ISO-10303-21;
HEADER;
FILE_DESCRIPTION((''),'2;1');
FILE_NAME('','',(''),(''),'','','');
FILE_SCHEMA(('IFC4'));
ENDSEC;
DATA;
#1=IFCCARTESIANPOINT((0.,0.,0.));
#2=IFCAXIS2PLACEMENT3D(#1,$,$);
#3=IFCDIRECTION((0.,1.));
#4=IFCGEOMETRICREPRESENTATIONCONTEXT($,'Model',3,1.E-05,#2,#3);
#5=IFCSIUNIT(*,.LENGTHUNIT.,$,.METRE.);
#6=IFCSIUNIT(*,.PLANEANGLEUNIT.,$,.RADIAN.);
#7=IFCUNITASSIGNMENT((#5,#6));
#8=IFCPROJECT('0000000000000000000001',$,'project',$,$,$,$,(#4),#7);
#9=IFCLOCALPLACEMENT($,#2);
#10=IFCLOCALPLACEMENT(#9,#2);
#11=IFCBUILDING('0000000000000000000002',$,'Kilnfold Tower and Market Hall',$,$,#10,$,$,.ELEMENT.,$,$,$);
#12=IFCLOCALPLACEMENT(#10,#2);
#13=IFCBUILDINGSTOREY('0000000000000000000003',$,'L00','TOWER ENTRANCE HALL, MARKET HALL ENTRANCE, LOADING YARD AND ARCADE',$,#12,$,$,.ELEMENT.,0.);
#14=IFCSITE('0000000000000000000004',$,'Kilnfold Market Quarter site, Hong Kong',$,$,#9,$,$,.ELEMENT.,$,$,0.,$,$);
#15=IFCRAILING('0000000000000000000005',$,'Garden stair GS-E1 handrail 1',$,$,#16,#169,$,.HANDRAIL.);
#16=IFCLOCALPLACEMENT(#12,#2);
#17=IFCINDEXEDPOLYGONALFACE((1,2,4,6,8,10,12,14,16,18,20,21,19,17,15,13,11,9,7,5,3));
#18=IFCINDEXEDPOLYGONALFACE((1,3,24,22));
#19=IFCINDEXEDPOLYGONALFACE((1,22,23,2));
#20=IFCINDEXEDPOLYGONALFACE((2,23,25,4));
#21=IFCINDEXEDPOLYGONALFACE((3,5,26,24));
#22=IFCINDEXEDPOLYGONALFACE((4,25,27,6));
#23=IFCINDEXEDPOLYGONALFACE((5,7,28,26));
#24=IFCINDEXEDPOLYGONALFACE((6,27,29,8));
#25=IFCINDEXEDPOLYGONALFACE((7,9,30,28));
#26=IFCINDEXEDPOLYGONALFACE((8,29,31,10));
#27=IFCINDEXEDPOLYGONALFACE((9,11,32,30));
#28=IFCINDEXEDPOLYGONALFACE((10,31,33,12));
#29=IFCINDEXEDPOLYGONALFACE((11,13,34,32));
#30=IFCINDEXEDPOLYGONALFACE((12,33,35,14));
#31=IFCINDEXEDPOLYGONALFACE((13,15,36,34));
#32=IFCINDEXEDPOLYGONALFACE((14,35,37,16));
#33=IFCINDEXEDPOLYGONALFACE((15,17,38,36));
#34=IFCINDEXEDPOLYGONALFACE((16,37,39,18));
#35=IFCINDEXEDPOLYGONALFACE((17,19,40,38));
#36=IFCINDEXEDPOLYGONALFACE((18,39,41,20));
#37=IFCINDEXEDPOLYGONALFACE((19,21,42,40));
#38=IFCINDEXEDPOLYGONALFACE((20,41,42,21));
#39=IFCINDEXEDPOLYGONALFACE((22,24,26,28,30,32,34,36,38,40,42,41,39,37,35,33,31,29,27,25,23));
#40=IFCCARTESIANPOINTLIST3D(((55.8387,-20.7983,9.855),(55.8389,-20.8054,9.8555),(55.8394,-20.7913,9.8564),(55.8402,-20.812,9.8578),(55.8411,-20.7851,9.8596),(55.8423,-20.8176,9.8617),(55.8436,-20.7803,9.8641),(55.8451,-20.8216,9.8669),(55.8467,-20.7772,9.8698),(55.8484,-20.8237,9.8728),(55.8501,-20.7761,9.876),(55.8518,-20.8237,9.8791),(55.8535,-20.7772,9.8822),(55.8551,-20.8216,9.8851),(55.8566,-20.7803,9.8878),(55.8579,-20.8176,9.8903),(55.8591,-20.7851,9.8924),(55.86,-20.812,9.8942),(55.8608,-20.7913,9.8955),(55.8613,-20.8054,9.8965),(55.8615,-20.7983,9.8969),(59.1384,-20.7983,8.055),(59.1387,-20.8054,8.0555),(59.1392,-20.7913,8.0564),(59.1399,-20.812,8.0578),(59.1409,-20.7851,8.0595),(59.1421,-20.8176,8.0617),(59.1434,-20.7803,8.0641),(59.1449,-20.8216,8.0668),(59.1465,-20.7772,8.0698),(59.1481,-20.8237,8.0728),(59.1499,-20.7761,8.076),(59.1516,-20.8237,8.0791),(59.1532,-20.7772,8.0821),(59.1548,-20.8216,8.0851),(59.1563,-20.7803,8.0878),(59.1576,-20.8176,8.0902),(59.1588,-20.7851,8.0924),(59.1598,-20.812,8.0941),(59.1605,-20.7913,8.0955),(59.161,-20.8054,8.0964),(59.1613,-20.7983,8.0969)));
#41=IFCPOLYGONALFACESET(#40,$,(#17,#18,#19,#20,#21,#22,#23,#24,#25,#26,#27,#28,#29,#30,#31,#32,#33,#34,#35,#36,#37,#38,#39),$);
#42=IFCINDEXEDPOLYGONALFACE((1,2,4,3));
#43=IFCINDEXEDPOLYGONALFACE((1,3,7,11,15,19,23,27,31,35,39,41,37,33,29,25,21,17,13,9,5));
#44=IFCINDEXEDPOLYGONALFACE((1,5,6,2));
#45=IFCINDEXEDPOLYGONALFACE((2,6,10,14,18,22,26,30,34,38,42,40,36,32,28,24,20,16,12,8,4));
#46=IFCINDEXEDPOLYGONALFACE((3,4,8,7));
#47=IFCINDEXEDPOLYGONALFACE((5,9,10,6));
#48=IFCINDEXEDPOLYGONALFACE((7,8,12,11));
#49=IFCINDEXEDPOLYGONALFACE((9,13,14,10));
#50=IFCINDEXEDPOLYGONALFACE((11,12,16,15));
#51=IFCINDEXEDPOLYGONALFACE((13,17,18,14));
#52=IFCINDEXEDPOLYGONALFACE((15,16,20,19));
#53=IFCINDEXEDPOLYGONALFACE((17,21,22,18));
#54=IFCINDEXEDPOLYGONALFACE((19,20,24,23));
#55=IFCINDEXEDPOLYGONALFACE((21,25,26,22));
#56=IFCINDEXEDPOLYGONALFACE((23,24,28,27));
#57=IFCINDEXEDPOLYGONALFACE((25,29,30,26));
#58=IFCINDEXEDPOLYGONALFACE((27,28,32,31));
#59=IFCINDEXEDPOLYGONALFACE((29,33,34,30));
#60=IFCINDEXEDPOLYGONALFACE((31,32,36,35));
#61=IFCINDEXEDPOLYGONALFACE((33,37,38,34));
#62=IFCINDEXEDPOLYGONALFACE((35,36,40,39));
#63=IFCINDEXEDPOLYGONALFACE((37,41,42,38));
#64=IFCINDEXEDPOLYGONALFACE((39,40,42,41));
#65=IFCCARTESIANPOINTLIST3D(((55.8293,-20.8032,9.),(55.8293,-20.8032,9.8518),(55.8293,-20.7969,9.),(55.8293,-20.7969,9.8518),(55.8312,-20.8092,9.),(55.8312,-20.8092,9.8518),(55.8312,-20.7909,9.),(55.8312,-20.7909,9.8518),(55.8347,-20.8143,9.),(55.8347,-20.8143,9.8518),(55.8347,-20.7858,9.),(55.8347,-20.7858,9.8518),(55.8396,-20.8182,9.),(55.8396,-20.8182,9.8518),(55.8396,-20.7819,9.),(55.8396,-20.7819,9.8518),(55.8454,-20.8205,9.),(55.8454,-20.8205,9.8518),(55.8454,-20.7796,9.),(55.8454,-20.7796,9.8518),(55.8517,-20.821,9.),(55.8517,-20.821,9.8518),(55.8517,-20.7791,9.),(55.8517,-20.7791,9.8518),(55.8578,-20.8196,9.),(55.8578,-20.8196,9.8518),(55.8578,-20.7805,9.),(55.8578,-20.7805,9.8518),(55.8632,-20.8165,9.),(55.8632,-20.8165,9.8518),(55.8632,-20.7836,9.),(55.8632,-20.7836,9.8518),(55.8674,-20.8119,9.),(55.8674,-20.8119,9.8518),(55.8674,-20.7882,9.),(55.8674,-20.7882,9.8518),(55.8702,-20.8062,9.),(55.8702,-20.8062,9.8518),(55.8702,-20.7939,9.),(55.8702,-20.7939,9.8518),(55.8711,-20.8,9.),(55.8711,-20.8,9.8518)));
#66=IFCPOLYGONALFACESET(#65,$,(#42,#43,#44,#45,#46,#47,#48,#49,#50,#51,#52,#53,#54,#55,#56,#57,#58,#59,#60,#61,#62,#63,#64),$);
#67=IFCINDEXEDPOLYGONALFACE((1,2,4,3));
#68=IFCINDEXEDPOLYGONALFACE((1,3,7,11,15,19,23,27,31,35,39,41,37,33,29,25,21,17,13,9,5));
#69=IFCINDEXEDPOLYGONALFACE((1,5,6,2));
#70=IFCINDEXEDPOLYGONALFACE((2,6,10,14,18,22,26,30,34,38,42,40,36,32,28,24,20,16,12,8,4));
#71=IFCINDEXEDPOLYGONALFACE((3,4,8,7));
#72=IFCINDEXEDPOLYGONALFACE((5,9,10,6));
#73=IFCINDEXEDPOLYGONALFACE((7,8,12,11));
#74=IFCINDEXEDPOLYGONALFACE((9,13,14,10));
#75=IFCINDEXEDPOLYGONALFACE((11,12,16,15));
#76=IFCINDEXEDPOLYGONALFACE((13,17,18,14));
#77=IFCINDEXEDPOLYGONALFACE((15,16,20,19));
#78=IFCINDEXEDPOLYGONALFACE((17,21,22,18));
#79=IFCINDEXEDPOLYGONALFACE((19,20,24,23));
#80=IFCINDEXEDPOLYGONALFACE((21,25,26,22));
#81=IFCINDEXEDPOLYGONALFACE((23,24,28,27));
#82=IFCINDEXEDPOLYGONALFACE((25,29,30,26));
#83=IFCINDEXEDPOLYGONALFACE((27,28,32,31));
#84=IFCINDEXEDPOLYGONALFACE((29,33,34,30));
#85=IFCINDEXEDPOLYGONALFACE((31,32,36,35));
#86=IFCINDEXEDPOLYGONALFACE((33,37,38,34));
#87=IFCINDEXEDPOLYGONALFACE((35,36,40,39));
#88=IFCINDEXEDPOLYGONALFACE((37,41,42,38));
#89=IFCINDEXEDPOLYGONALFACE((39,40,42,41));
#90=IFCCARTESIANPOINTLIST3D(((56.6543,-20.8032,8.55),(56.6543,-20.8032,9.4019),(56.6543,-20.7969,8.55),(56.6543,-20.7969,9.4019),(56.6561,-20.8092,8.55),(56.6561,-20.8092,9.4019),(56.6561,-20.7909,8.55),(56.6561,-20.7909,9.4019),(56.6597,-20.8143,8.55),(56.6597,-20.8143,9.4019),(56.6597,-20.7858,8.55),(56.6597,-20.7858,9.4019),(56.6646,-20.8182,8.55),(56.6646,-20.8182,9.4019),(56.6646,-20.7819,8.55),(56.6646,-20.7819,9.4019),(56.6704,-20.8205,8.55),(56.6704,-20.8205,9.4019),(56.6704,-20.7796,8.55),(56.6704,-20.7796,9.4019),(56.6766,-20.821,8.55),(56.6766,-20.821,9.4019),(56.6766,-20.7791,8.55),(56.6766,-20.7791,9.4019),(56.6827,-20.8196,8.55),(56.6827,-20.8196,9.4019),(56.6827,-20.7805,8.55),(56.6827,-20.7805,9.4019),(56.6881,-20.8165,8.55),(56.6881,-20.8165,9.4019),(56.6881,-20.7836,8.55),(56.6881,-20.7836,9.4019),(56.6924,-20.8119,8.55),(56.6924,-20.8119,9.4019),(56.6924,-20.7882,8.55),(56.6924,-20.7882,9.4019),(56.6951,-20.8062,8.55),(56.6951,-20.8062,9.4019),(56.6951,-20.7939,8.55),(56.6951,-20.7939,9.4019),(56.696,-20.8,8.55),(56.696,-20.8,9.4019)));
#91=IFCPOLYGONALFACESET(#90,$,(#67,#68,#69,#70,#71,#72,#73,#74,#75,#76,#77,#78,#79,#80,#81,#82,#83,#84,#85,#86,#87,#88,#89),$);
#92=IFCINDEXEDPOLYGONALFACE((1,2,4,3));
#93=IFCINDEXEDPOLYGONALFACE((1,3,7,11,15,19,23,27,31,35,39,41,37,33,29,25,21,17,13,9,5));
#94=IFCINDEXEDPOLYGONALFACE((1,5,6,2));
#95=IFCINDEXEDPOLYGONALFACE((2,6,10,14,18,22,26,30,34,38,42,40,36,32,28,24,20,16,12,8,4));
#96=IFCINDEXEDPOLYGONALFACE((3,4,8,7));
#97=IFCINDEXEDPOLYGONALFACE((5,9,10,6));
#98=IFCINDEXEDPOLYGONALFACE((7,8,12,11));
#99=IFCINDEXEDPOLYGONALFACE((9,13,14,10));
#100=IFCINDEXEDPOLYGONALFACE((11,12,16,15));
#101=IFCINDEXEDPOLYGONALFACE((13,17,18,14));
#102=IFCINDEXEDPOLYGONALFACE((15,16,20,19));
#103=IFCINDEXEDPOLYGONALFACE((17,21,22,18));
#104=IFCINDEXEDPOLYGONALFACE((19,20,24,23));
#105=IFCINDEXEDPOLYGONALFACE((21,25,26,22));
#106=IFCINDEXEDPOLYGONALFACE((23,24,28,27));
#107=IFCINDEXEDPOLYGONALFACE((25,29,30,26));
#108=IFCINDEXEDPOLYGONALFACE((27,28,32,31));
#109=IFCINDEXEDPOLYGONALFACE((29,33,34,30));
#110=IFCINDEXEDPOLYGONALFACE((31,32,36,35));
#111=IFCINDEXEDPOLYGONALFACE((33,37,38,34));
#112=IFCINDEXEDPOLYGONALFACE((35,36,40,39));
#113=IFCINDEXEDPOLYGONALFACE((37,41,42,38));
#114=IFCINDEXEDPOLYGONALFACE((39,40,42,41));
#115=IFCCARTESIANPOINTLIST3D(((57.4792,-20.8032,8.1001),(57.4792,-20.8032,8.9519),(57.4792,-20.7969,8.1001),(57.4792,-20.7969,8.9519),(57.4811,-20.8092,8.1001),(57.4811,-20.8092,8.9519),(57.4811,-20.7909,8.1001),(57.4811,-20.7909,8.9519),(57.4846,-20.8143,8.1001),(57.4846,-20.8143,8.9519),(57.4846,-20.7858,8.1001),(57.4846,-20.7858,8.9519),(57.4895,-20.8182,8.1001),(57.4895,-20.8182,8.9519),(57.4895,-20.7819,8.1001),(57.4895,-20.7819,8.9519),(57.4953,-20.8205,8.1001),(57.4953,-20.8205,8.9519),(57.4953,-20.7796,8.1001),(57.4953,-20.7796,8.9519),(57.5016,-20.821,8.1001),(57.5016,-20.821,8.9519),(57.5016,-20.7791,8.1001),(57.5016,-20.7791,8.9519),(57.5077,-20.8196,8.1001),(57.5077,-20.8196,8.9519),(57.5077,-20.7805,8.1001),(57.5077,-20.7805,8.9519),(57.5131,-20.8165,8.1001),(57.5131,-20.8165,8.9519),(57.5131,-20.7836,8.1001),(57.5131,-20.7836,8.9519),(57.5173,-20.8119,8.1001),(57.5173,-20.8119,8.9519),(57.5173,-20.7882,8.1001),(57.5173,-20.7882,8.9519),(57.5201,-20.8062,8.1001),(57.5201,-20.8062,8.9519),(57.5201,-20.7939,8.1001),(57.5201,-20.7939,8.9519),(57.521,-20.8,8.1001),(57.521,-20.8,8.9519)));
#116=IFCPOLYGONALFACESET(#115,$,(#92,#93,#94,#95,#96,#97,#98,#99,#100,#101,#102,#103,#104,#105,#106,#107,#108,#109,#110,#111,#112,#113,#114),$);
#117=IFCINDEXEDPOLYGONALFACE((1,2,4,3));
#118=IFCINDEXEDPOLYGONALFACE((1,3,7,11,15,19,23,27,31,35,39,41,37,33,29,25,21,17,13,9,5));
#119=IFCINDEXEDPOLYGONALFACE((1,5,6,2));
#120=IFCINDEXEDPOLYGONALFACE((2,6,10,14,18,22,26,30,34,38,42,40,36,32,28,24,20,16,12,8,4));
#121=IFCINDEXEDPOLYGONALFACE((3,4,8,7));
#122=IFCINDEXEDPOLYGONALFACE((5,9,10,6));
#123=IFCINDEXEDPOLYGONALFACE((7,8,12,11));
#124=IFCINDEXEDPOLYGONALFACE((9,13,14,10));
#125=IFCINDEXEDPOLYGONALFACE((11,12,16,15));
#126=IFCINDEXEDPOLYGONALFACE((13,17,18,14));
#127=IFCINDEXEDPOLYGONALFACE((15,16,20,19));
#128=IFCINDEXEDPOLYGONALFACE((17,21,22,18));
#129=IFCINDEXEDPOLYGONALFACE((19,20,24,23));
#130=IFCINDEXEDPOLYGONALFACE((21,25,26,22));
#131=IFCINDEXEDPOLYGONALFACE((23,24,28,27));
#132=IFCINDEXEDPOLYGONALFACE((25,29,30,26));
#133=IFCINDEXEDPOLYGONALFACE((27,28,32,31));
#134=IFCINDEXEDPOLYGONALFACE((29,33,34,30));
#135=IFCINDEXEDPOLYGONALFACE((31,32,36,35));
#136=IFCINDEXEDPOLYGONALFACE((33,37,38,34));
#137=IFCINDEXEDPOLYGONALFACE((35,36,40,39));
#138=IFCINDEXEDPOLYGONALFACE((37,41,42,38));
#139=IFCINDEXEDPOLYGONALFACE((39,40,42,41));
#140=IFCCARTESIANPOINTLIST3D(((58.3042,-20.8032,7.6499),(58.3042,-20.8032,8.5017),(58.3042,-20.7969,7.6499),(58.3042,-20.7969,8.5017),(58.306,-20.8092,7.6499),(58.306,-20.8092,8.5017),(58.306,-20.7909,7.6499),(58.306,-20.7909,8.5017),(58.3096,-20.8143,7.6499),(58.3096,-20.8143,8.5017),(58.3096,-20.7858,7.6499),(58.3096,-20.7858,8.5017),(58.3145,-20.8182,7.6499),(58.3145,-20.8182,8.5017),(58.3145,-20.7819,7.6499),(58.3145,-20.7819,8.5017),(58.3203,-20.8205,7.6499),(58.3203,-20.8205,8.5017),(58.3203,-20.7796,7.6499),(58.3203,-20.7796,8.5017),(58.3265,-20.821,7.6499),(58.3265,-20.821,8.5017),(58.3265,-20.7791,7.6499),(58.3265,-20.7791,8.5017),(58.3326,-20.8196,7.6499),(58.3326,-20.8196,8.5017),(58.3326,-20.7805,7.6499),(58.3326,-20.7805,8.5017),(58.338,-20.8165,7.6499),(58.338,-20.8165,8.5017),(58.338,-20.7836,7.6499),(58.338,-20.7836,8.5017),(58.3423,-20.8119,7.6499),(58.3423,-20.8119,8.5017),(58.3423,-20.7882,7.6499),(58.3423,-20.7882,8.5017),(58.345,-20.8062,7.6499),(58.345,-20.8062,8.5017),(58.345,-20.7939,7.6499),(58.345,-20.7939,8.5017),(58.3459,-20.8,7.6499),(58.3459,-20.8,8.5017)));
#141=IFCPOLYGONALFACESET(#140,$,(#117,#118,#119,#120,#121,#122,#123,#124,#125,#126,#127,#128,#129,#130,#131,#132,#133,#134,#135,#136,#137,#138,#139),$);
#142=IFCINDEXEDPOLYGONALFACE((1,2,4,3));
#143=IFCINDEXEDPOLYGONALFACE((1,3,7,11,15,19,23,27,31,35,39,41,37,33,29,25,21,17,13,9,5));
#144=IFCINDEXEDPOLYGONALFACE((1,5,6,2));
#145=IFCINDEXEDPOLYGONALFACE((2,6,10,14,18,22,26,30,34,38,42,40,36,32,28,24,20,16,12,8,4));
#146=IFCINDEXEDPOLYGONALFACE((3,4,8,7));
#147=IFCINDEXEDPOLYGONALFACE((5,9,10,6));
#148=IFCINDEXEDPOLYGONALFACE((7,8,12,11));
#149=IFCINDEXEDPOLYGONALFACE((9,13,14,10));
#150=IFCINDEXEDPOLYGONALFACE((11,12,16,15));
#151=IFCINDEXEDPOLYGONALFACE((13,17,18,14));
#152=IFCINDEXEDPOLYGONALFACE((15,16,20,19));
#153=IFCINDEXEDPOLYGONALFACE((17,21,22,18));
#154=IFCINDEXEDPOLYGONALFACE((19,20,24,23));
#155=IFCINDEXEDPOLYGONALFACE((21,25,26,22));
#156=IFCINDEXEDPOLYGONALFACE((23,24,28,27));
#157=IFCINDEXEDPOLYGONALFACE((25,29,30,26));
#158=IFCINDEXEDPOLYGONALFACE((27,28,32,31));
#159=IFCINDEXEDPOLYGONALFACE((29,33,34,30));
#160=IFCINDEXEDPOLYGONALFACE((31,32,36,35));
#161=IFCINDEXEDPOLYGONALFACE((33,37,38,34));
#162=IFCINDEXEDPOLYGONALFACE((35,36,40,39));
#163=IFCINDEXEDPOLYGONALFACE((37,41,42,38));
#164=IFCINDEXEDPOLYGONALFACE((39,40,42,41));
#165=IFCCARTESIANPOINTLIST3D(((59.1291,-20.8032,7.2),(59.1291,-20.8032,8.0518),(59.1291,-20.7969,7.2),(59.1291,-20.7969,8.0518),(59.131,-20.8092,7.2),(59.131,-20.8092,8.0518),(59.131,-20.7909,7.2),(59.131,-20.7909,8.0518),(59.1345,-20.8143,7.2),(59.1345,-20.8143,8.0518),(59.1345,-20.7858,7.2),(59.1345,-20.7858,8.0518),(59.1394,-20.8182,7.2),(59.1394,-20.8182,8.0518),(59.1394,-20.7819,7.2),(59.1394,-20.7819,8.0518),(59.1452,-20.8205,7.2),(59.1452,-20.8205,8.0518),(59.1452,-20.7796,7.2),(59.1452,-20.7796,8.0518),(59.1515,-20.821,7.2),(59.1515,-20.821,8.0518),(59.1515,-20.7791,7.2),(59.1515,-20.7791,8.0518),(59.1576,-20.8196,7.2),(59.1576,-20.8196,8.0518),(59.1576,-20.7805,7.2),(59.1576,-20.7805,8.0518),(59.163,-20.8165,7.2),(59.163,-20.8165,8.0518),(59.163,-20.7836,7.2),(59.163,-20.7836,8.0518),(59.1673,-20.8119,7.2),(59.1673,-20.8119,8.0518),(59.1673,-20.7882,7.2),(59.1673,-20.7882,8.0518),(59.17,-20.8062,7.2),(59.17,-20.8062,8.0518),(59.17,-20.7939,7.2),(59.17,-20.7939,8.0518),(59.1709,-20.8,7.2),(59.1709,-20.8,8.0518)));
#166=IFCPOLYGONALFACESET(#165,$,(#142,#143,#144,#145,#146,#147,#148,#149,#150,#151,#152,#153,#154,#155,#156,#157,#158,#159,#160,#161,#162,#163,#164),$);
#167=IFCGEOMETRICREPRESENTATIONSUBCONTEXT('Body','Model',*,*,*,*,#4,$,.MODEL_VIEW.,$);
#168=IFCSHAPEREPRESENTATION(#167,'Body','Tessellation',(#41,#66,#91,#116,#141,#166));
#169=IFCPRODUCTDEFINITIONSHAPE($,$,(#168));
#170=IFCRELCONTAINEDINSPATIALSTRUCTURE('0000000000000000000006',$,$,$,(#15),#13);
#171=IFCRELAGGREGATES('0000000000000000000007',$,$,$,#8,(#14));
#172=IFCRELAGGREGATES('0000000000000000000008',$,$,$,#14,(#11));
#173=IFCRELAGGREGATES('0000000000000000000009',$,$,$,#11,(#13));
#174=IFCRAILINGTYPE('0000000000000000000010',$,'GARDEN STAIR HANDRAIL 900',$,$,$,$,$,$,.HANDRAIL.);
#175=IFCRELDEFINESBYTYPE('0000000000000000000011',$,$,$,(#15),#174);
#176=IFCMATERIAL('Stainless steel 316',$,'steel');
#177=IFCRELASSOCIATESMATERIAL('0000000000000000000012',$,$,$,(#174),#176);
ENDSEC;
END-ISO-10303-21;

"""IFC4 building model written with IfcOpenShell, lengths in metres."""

from ifc_helpers import new_model, si_unit, direction, frame, origin, origin_2d, place, context, subcontext, project, spatial, circle, extrude, material, type_object, element, save


model = new_model("IFC4")

# Units and contexts
model_context = context("Model", 3, precision=1e-05, world=origin(), true_north=direction((0.0, 1.0)))
body_context = subcontext(model_context, "Body", "Model", "MODEL_VIEW")
ifc_project = project(units=[si_unit("LENGTHUNIT", "METRE"), si_unit("PLANEANGLEUNIT", "RADIAN")], contexts=[model_context])

# Site, building, storey
site_placement = place(None, origin())
site = spatial("IfcSite", under=ifc_project, at=site_placement, Name="Kilnfold Market Quarter site, Hong Kong", CompositionType="ELEMENT", RefElevation=0.0)
building_placement = place(site_placement, origin())
building = spatial("IfcBuilding", under=site, at=building_placement, Name="Kilnfold Tower and Market Hall", CompositionType="ELEMENT")
storey_placement = place(building_placement, origin())
storey = spatial("IfcBuildingStorey", under=building, at=storey_placement, Name="L00", Description="TOWER ENTRANCE HALL, MARKET HALL ENTRANCE, LOADING YARD AND ARCADE", CompositionType="ELEMENT", Elevation=0.0)

# Railing
ifc_material_1 = material(Name="Stainless steel 316", Category="steel")
railing_type_1 = type_object("IfcRailingType", Name="GARDEN STAIR HANDRAIL 900", PredefinedType="HANDRAIL", material=ifc_material_1)
railing_1_placement = place(storey_placement, frame((55.8501, -20.8, 9.0)))
element("IfcRailing", 1, at=railing_1_placement, inside=storey, type_object=railing_type_1, Name="Garden stair GS-E1 handrail 1", PredefinedType="HANDRAIL", context=body_context, shape_type="SweptSolid", body=[
    extrude(circle(Radius=0.0239, at=origin_2d()), frame((0.0, 0.0, 0.876), z_axis=(0.877878, 0.0, -0.478884), x_axis=(0.0, 1.0, 0.0)), (0.0, 0.0, 1.0), 3.7588),
    extrude(circle(Radius=0.021, at=origin_2d()), origin(), (0.0, 0.0, 1.0), 0.8518),
    extrude(circle(Radius=0.021, at=origin_2d()), frame((0.825, 0.0, -0.45)), (0.0, 0.0, 1.0), 0.8518),
    extrude(circle(Radius=0.021, at=origin_2d()), frame((1.6499, 0.0, -0.8999)), (0.0, 0.0, 1.0), 0.8518),
    extrude(circle(Radius=0.021, at=origin_2d()), frame((2.4749, 0.0, -1.3501)), (0.0, 0.0, 1.0), 0.8518),
    extrude(circle(Radius=0.021, at=origin_2d()), frame((3.2998, 0.0, -1.8)), (0.0, 0.0, 1.0), 0.8518),
])

save(model, "model.ifc")
